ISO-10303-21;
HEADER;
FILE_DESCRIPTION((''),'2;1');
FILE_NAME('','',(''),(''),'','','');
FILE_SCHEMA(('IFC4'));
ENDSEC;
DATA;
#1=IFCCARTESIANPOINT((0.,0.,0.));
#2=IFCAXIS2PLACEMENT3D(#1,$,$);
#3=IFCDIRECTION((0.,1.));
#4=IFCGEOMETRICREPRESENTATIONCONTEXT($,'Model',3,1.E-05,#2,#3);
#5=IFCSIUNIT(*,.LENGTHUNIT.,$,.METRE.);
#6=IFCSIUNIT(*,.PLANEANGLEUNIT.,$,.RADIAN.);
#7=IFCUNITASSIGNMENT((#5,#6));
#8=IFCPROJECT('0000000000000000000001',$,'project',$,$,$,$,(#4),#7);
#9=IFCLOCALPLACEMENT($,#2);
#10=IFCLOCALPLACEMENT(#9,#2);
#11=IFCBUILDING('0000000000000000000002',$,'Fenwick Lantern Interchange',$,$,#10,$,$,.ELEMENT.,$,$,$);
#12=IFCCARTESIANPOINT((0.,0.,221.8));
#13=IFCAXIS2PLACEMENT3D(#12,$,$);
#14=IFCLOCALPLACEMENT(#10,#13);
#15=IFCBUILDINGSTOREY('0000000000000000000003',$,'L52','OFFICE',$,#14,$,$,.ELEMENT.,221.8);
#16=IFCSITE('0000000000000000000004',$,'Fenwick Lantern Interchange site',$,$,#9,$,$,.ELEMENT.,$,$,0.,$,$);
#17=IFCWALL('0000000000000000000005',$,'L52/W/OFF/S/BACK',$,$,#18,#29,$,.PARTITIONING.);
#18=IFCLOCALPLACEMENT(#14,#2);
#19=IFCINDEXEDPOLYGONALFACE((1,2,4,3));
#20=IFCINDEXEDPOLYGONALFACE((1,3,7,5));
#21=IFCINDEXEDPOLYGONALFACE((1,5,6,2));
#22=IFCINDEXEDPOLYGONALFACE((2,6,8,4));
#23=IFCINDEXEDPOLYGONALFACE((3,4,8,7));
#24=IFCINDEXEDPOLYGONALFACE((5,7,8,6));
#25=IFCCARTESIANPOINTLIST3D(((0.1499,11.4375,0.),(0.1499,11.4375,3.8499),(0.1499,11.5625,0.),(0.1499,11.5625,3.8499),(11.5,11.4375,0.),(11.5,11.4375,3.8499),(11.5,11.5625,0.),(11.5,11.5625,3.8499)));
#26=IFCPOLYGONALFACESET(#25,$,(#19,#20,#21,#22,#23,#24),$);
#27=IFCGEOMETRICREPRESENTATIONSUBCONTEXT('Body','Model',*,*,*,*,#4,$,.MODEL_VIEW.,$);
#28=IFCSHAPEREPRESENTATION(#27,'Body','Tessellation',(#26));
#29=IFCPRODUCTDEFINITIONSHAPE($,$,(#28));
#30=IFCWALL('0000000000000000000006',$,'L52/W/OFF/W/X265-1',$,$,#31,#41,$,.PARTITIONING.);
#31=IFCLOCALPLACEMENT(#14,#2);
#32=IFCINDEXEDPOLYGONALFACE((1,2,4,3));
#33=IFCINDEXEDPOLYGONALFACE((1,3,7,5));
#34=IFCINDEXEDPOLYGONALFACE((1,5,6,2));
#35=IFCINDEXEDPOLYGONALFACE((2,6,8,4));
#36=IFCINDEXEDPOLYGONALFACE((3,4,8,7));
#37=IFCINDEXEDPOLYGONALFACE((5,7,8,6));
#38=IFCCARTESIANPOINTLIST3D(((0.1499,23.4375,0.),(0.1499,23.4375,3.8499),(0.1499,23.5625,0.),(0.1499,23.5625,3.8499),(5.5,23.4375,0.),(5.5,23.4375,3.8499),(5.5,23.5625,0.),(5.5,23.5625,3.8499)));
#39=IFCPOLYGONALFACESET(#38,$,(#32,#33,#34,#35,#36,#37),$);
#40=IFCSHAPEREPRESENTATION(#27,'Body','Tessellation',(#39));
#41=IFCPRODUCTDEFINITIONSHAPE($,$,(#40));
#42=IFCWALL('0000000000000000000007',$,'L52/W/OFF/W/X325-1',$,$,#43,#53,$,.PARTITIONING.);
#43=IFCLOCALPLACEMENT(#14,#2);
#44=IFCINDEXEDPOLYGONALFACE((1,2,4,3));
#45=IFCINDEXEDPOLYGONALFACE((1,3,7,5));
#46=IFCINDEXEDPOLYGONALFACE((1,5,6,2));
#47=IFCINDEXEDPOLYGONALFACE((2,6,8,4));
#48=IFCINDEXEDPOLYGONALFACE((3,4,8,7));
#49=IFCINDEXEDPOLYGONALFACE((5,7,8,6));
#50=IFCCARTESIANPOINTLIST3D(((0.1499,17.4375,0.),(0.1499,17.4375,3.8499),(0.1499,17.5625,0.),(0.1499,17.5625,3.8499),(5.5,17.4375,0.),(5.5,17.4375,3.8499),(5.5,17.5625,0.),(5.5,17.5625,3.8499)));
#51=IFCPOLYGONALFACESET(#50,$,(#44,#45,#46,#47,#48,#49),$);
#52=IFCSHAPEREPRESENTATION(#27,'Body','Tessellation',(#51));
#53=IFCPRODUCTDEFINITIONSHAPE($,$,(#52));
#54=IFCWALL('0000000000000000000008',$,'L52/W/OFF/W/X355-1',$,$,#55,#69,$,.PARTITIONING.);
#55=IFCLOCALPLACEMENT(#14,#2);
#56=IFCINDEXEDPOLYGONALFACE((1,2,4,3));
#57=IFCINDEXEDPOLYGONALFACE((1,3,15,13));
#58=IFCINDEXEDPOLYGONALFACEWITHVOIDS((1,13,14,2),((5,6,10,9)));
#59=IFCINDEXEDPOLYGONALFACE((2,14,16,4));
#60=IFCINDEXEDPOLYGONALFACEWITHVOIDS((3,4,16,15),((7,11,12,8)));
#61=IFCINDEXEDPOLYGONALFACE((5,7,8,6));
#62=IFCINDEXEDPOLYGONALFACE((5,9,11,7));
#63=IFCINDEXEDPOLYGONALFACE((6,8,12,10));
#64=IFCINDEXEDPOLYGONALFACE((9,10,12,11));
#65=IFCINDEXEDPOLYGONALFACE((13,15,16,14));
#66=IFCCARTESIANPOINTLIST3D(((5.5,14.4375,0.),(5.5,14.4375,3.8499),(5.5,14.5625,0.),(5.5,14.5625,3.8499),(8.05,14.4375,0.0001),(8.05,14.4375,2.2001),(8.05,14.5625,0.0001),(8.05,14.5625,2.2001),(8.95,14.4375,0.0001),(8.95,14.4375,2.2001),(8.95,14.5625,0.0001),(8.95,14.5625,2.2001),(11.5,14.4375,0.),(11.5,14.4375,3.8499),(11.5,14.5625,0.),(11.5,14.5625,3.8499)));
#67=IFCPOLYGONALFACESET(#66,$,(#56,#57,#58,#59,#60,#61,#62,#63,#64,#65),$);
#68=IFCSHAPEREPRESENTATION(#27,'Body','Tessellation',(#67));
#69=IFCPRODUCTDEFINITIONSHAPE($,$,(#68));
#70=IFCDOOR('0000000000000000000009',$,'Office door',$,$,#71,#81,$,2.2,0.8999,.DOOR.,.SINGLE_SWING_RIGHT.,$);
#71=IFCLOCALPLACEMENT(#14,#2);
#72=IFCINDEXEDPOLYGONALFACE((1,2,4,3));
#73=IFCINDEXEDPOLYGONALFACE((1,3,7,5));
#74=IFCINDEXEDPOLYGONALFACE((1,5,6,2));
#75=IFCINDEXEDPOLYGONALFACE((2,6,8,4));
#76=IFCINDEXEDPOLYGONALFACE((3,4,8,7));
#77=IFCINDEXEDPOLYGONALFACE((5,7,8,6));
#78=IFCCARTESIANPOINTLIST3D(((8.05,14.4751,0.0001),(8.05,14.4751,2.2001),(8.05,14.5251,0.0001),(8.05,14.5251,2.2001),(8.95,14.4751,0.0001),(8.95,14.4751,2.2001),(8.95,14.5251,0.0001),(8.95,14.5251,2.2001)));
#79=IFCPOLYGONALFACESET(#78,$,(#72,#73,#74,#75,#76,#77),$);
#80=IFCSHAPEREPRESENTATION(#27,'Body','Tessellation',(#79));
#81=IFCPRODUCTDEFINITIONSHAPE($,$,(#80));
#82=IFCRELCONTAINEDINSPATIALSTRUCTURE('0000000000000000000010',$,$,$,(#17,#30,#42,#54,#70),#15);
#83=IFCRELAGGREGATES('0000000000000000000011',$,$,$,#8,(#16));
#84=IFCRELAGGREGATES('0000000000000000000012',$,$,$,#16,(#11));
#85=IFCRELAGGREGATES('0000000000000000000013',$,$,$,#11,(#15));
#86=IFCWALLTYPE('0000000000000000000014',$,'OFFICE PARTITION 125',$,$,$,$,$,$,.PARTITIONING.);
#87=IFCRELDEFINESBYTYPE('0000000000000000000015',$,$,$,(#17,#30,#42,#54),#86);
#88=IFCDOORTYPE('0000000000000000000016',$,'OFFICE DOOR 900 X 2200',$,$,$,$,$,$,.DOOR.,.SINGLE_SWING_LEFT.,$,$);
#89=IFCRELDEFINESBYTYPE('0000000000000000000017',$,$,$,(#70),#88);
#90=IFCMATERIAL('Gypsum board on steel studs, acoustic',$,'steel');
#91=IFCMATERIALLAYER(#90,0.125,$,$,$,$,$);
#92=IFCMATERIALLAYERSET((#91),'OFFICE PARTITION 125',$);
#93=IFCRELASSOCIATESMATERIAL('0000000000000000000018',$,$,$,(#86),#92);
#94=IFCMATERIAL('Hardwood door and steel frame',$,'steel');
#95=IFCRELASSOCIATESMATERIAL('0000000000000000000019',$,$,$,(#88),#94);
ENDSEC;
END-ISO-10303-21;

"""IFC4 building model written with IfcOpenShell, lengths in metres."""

from ifc_helpers import new_model, si_unit, direction, frame, frame_2d, origin, place, context, subcontext, project, spatial, rectangle, extrude, material, layer, layer_set, type_object, element, fill, save


model = new_model("IFC4")

# Units and contexts
model_context = context("Model", 3, precision=1e-05, world=origin(), true_north=direction((0.0, 1.0)))
body_context = subcontext(model_context, "Body", "Model", "MODEL_VIEW")
ifc_project = project(units=[si_unit("LENGTHUNIT", "METRE"), si_unit("PLANEANGLEUNIT", "RADIAN")], contexts=[model_context])

# Site, building, storey
site_placement = place(None, origin())
site = spatial("IfcSite", under=ifc_project, at=site_placement, Name="Fenwick Lantern Interchange site", CompositionType="ELEMENT", RefElevation=0.0)
building_placement = place(site_placement, origin())
building = spatial("IfcBuilding", under=site, at=building_placement, Name="Fenwick Lantern Interchange", CompositionType="ELEMENT")
storey_placement = place(building_placement, frame((0.0, 0.0, 221.8)))
storey = spatial("IfcBuildingStorey", under=building, at=storey_placement, Name="L52", Description="OFFICE", CompositionType="ELEMENT", Elevation=221.8)

# Shared definitions
ifc_material_1 = material(Name="Hardwood door and steel frame", Category="steel")

# Walls
ifc_material_2 = material(Name="Gypsum board on steel studs, acoustic", Category="steel")
ifc_layer_1 = layer(ifc_material_2, 0.125)
ifc_layer_set_1 = layer_set([ifc_layer_1], Name="OFFICE PARTITION 125")
wall_type_1 = type_object("IfcWallType", Name="OFFICE PARTITION 125", PredefinedType="PARTITIONING", material=ifc_layer_set_1)
wall_1_placement = place(storey_placement, frame((0.1499, 11.5, 0.0), z_axis=(0.0, 0.0, 1.0), x_axis=(1.0, 0.0, 0.0)))
element("IfcWall", 1, at=wall_1_placement, inside=storey, type_object=wall_type_1, Name="L52/W/OFF/S/BACK", PredefinedType="PARTITIONING", context=body_context, shape_type="SweptSolid", body=[
    extrude(rectangle(XDim=11.3501, YDim=0.125, at=frame_2d((5.675, 0.0))), origin(), (0.0, 0.0, 1.0), 3.8499),
])
for number, where, z_axis, x_axis, name in (
    (2, (0.1499, 23.5, 0.0), (0.0, 0.0, 1.0), (1.0, 0.0, 0.0), "L52/W/OFF/W/X265-1"),
    (3, (0.1499, 17.5, 0.0), (0.0, 0.0, 1.0), (1.0, 0.0, 0.0), "L52/W/OFF/W/X325-1"),
):
    element("IfcWall", number, at=place(storey_placement, frame(where, z_axis=z_axis, x_axis=x_axis)), inside=storey, type_object=wall_type_1, Name=name, PredefinedType="PARTITIONING", context=body_context, shape_type="SweptSolid", body=[
        extrude(rectangle(XDim=5.3501, YDim=0.125, at=frame_2d((2.675, 0.0))), origin(), (0.0, 0.0, 1.0), 3.8499),
    ])

# Wall, opening, door
wall_2_placement = place(storey_placement, frame((5.5, 14.5, 0.0), z_axis=(0.0, 0.0, 1.0), x_axis=(1.0, 0.0, 0.0)))
wall_2 = element("IfcWall", 4, at=wall_2_placement, inside=storey, type_object=wall_type_1, Name="L52/W/OFF/W/X355-1", PredefinedType="PARTITIONING", context=body_context, shape_type="SweptSolid", body=[
    extrude(rectangle(XDim=6.0, YDim=0.125, at=frame_2d((3.0, 0.0))), origin(), (0.0, 0.0, 1.0), 3.8499),
])
opening_1_placement = place(wall_2_placement, frame((2.55, 0.0, 0.0)))
opening_1 = element("IfcOpeningElement", 5, at=opening_1_placement, cuts=wall_2, PredefinedType="OPENING", context=body_context, shape_type="SweptSolid", body=[
    extrude(rectangle(XDim=0.8999, YDim=2.2, at=frame_2d((0.45, 1.1001))), frame((0.0, 0.0725, 0.0), z_axis=(0.0, -1.0, 0.0), x_axis=(1.0, 0.0, 0.0)), (0.0, 0.0, 1.0), 0.145),
])
door_type_1 = type_object("IfcDoorType", Name="OFFICE DOOR 900 X 2200", OperationType="SINGLE_SWING_LEFT", PredefinedType="DOOR", material=ifc_material_1)
door_1_placement = place(opening_1_placement, frame((0.8999, 0.0, 0.0), z_axis=(0.0, 0.0, 1.0), x_axis=(-1.0, 0.0, 0.0)))
door_1 = element("IfcDoor", 6, at=door_1_placement, inside=storey, type_object=door_type_1, Name="Office door", OperationType="SINGLE_SWING_RIGHT", OverallHeight=2.2, OverallWidth=0.8999, PredefinedType="DOOR", context=body_context, shape_type="SweptSolid", body=[
    extrude(rectangle(XDim=0.8999, YDim=2.2, at=frame_2d((0.45, 1.1001))), frame((0.0, 0.0249, 0.0), z_axis=(0.0, -1.0, 0.0), x_axis=(1.0, 0.0, 0.0)), (0.0, 0.0, 1.0), 0.05),
])
fill(opening_1, door_1)

save(model, "model.ifc")
